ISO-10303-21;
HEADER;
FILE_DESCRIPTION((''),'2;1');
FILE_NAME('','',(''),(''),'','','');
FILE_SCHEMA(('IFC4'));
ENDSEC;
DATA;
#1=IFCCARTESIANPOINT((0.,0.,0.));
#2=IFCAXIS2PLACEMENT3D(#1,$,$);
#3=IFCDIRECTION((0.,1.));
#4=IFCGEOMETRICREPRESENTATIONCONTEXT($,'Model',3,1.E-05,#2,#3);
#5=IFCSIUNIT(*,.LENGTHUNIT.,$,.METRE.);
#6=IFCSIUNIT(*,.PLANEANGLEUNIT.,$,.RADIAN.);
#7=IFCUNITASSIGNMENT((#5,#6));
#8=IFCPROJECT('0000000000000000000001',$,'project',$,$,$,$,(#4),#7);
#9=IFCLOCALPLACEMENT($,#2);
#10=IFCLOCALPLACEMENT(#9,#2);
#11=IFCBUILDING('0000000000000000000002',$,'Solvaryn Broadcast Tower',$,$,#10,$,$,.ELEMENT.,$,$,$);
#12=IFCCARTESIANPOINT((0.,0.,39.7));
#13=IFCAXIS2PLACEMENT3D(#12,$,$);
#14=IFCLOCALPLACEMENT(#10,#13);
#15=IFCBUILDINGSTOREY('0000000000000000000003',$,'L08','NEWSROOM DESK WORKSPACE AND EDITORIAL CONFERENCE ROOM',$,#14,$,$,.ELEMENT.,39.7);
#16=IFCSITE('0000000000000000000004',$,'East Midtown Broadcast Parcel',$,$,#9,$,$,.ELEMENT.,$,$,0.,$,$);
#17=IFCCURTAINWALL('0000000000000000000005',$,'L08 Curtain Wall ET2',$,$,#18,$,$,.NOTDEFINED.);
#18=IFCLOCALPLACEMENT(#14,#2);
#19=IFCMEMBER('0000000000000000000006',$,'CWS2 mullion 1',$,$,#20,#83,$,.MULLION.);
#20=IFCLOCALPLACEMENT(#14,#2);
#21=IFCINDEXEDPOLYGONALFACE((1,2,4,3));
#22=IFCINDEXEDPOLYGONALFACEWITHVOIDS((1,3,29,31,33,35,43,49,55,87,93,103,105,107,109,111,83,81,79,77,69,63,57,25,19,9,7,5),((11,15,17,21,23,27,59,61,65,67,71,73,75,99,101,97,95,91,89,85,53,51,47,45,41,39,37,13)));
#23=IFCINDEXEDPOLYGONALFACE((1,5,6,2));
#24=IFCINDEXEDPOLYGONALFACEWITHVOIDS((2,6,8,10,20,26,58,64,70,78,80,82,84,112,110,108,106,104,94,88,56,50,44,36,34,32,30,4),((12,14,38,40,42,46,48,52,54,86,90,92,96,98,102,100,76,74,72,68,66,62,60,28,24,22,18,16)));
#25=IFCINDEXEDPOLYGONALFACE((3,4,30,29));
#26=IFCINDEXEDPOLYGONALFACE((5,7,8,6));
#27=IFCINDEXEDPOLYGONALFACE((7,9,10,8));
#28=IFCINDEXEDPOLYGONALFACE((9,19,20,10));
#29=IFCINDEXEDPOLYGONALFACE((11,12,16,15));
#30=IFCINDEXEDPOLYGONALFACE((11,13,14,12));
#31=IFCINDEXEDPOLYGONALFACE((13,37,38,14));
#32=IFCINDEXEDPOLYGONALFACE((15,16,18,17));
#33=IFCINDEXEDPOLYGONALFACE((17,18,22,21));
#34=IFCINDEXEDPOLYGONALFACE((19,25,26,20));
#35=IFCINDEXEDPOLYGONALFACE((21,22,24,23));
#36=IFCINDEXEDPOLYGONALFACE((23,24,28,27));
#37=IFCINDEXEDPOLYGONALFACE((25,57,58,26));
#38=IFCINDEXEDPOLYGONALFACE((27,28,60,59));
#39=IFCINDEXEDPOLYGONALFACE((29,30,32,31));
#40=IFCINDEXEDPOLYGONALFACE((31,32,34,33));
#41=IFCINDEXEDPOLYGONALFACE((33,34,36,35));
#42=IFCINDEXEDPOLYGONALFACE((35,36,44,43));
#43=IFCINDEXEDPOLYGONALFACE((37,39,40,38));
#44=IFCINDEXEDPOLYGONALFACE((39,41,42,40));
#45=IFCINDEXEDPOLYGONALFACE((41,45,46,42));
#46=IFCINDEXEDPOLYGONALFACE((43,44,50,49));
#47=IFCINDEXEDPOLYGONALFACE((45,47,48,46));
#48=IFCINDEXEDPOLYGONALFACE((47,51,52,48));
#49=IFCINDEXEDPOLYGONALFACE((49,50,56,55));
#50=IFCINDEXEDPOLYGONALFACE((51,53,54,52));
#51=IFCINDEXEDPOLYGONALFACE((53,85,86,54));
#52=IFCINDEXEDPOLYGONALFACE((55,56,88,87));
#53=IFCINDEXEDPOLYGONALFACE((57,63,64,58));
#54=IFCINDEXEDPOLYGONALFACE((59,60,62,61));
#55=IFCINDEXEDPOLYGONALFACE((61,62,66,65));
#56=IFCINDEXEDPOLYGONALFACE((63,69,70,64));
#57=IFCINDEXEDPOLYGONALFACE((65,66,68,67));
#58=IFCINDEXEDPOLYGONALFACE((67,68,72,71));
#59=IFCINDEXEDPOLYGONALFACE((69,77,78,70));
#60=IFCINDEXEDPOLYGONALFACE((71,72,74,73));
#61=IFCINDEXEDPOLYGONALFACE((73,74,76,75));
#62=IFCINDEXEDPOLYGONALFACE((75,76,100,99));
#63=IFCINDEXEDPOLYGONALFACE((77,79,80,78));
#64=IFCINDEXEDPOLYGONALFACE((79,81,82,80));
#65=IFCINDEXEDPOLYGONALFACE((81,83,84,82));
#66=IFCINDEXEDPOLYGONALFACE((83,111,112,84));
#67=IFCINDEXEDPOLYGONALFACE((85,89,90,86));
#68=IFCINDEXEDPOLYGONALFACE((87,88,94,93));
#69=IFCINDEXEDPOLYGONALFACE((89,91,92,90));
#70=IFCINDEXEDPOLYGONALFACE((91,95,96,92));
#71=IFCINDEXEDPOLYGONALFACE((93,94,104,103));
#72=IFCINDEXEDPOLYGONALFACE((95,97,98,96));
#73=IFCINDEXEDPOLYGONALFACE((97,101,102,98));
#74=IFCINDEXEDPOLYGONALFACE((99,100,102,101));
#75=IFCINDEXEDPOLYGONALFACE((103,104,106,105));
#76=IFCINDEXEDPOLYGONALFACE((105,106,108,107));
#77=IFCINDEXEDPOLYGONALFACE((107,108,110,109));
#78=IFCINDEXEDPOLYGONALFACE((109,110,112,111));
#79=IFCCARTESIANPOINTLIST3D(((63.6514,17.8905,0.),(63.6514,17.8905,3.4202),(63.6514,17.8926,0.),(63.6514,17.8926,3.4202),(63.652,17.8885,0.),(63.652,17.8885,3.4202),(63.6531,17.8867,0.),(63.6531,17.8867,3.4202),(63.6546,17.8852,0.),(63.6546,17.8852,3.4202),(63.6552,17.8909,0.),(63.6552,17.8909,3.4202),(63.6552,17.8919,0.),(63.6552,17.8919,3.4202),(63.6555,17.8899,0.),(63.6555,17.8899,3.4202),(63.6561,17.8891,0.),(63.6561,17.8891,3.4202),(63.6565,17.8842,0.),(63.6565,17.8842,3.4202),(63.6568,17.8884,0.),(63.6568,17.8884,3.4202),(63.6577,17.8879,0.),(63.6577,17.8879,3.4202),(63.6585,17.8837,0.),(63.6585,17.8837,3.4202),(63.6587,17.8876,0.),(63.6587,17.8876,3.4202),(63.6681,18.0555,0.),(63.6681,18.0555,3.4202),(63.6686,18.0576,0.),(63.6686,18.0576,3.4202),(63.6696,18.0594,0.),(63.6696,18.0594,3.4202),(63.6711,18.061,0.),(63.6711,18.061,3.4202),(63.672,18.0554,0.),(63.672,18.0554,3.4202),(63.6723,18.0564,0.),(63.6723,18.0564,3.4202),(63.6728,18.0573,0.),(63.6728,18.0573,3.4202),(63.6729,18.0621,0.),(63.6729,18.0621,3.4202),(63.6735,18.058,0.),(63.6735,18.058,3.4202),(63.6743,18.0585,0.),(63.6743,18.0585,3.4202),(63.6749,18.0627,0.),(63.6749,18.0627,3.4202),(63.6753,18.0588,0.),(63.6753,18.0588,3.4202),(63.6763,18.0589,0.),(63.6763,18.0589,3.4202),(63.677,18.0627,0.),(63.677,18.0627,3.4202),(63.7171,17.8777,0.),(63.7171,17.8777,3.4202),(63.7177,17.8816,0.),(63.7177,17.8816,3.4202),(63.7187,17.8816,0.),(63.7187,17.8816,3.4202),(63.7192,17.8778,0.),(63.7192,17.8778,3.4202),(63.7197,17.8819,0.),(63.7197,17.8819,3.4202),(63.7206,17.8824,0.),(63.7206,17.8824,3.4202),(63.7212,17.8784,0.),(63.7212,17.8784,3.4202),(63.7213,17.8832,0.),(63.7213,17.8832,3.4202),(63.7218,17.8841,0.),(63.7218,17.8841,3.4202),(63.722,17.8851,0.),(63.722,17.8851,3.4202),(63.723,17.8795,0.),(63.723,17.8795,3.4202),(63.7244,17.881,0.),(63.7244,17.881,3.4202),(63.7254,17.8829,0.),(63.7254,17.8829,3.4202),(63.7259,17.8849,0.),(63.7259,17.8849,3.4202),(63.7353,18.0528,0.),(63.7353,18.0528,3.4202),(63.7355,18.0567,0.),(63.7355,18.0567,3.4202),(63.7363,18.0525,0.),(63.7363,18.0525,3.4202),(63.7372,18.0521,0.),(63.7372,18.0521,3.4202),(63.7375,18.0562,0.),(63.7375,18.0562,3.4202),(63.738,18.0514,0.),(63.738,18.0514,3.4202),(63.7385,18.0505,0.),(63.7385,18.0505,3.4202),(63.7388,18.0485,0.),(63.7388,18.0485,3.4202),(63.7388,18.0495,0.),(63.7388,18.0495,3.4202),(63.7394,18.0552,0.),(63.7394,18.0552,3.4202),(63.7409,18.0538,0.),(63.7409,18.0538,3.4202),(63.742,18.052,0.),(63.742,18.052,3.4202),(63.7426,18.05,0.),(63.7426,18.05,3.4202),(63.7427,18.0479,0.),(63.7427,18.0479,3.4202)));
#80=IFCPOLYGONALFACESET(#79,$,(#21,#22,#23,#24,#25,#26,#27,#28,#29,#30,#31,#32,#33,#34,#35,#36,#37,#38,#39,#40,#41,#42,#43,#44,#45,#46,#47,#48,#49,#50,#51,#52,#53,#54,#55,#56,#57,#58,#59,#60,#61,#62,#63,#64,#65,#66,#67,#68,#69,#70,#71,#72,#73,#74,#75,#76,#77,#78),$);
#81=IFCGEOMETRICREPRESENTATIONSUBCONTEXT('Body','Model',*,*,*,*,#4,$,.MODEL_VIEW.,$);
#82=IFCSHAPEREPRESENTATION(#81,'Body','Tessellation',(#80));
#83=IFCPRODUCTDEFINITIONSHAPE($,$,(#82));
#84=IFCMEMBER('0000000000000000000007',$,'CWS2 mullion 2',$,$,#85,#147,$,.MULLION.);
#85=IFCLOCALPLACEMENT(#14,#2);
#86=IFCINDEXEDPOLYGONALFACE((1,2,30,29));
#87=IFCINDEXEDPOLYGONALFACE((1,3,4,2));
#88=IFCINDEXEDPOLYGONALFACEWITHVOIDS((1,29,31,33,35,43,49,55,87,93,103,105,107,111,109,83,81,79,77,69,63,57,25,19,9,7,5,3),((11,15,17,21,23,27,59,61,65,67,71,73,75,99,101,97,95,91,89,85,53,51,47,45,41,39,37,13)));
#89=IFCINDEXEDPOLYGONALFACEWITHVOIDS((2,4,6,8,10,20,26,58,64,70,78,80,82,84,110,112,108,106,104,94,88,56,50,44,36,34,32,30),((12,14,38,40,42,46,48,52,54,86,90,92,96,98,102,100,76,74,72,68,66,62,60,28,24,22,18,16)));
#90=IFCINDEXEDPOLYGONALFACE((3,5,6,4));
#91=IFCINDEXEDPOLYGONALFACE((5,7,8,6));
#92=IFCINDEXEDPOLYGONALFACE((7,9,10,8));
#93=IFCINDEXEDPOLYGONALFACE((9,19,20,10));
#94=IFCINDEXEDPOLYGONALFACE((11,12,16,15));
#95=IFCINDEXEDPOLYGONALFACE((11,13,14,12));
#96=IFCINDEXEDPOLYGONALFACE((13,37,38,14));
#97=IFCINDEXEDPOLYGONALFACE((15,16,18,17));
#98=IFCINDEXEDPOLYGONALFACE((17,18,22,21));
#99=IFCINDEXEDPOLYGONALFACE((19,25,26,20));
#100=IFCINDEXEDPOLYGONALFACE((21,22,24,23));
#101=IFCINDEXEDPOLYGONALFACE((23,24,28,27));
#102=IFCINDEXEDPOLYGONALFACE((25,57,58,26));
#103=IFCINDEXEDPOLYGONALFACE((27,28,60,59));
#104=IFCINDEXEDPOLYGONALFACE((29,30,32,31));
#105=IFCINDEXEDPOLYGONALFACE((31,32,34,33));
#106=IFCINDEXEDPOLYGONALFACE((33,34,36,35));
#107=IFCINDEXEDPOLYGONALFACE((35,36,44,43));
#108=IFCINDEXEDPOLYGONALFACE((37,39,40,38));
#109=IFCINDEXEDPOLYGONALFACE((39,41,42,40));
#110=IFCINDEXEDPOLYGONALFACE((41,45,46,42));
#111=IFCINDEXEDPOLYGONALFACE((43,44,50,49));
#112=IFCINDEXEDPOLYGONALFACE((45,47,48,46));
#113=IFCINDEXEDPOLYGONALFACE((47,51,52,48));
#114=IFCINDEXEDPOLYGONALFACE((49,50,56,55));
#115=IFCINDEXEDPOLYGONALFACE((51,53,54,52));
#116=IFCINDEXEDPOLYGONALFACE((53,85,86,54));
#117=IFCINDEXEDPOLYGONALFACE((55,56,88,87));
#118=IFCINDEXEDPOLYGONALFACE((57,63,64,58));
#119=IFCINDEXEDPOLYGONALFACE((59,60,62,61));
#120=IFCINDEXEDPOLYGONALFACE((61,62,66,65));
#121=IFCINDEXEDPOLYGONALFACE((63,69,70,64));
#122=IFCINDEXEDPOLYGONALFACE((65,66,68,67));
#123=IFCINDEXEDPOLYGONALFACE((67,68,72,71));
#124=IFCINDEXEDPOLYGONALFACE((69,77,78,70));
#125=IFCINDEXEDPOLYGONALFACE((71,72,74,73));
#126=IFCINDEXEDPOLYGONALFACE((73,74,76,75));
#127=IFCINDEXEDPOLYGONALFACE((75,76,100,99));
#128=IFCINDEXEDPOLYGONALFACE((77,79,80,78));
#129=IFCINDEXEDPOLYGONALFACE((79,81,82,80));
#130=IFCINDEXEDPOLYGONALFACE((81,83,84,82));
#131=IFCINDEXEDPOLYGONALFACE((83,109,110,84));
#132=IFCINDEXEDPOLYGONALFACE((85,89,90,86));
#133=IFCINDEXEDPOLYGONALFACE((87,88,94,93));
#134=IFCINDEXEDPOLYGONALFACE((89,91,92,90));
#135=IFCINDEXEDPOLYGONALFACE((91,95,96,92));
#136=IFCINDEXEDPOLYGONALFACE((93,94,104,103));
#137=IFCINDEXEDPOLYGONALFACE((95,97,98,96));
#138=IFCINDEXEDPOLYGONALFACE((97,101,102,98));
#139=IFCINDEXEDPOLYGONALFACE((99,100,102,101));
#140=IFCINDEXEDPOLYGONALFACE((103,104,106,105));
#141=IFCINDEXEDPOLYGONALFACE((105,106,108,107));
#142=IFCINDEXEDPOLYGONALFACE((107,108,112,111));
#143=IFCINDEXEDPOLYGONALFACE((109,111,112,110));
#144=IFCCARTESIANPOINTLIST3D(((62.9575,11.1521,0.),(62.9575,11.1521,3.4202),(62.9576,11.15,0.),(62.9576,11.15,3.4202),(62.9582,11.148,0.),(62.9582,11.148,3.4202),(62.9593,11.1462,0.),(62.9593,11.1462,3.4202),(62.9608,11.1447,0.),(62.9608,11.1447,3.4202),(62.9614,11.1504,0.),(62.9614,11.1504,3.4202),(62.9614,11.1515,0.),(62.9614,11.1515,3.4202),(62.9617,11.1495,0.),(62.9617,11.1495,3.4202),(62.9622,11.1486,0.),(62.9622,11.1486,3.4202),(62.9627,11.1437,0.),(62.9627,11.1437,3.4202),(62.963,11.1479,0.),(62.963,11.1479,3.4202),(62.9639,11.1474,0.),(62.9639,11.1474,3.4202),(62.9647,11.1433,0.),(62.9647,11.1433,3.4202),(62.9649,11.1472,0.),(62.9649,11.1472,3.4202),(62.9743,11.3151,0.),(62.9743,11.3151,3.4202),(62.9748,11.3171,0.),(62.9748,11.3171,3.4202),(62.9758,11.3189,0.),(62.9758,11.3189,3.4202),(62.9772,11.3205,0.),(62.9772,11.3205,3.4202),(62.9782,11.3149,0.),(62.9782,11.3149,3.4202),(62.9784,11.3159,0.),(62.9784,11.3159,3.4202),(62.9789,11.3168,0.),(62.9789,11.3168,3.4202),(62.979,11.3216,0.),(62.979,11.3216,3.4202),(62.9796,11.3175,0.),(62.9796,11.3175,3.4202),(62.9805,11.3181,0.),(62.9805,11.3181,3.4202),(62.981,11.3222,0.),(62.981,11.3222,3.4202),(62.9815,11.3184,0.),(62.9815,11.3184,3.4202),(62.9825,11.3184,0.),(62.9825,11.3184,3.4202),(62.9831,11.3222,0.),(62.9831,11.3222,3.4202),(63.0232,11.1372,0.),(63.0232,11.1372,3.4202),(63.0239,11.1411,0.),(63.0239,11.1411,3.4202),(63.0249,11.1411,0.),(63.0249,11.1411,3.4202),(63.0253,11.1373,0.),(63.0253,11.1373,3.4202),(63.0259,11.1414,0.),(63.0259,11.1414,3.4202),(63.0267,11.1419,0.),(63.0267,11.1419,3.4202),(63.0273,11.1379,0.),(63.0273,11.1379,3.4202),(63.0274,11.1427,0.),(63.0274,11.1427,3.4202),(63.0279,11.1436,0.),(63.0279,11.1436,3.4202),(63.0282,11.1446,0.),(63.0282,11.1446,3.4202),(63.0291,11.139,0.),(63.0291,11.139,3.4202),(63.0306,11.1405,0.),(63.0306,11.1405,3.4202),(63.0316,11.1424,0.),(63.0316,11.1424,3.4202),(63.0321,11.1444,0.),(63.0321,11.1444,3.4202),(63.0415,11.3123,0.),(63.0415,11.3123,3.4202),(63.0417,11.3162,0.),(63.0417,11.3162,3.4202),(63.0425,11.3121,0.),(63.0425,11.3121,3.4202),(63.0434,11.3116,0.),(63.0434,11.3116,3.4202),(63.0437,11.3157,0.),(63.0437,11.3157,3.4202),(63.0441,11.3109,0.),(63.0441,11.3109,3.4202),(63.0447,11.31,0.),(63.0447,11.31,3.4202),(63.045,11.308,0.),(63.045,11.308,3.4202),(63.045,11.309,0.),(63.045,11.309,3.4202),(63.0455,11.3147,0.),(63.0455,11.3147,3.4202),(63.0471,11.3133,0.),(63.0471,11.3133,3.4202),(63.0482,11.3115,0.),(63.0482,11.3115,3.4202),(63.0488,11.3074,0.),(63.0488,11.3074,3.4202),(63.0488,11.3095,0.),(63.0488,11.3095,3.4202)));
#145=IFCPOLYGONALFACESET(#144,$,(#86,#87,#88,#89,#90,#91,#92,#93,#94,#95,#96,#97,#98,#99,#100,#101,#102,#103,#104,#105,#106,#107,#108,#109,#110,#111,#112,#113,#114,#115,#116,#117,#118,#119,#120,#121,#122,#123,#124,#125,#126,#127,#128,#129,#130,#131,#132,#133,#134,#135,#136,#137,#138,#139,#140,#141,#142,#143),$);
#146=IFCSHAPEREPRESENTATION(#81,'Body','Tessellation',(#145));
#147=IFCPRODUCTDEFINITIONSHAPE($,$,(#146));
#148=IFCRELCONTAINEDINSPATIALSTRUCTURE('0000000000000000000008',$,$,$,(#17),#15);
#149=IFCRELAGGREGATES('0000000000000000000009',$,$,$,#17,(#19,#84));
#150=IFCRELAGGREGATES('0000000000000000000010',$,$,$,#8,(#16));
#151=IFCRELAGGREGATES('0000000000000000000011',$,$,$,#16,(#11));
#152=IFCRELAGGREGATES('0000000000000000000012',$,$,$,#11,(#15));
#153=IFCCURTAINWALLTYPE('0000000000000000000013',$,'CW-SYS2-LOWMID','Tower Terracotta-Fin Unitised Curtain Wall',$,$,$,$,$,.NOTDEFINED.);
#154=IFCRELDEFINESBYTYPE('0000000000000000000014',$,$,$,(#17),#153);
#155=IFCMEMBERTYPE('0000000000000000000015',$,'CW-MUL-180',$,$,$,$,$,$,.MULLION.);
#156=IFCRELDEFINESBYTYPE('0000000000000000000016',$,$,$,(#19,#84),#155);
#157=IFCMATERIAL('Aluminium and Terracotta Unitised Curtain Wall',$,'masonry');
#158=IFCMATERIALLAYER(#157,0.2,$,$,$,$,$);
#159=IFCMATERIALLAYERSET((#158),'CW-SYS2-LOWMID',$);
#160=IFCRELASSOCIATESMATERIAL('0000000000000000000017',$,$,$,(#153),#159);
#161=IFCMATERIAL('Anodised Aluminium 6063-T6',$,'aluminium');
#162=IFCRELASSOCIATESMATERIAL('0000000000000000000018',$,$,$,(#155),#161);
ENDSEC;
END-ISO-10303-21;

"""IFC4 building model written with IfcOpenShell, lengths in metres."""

from ifc_helpers import new_model, si_unit, direction, frame, origin, origin_2d, place, context, subcontext, project, spatial, hollow_rectangle, extrude, material, layer, layer_set, material_profile, profile_set, type_object, element, aggregate, save


model = new_model("IFC4")

# Units and contexts
model_context = context("Model", 3, precision=1e-05, world=origin(), true_north=direction((0.0, 1.0)))
body_context = subcontext(model_context, "Body", "Model", "MODEL_VIEW")
ifc_project = project(units=[si_unit("LENGTHUNIT", "METRE"), si_unit("PLANEANGLEUNIT", "RADIAN")], contexts=[model_context])

# Site, building, storey
site_placement = place(None, origin())
site = spatial("IfcSite", under=ifc_project, at=site_placement, Name="East Midtown Broadcast Parcel", CompositionType="ELEMENT", RefElevation=0.0)
building_placement = place(site_placement, origin())
building = spatial("IfcBuilding", under=site, at=building_placement, Name="Solvaryn Broadcast Tower", CompositionType="ELEMENT")
storey_placement = place(building_placement, frame((0.0, 0.0, 39.7)))
storey = spatial("IfcBuildingStorey", under=building, at=storey_placement, Name="L08", Description="NEWSROOM DESK WORKSPACE AND EDITORIAL CONFERENCE ROOM", CompositionType="ELEMENT", Elevation=39.7)

# Shared definitions
ifc_material_1 = material(Name="Aluminium and Terracotta Unitised Curtain Wall", Category="masonry")
ifc_layer_1 = layer(ifc_material_1, 0.2)
ifc_layer_set_1 = layer_set([ifc_layer_1], Name="CW-SYS2-LOWMID")
curtain_wall_type = type_object("IfcCurtainWallType", Name="CW-SYS2-LOWMID", Description="Tower Terracotta-Fin Unitised Curtain Wall", PredefinedType="NOTDEFINED", material=ifc_layer_set_1)
ifc_material_2 = material(Name="Anodised Aluminium 6063-T6", Category="aluminium")
ifc_material_profile_1 = material_profile(ifc_material_2, hollow_rectangle(XDim=0.075, YDim=0.1799, WallThickness=0.0039, InnerFilletRadius=0.0039, OuterFilletRadius=0.0081, at=origin_2d()))
ifc_profile_set_1 = profile_set([ifc_material_profile_1], Name="Anodised Aluminium 6063-T6")
member_type_1 = type_object("IfcMemberType", Name="CW-MUL-180", PredefinedType="MULLION", material=ifc_profile_set_1)

# Curtain wall, members
curtain_wall_1_placement = place(storey_placement, origin())
curtain_wall_1 = element("IfcCurtainWall", 1, at=curtain_wall_1_placement, inside=storey, type_object=curtain_wall_type, Name="L08 Curtain Wall ET2", PredefinedType="NOTDEFINED")
member_1_placement = place(storey_placement, frame((63.697, 17.9702, 0.0), z_axis=(0.0, 0.0, 1.0), x_axis=(0.994743, -0.1024, 0.0)))
member_1 = element("IfcMember", 2, at=member_1_placement, type_object=member_type_1, Name="CWS2 mullion 1", PredefinedType="MULLION", context=body_context, shape_type="SweptSolid", body=[
    extrude(hollow_rectangle(XDim=0.075, YDim=0.1799, WallThickness=0.0039, InnerFilletRadius=0.0039, OuterFilletRadius=0.0081, at=origin_2d()), origin(), (0.0, 0.0, 1.0), 3.4202),
])
member_2_placement = place(storey_placement, frame((63.0032, 11.2297, 0.0), z_axis=(0.0, 0.0, 1.0), x_axis=(0.994743, -0.1024, 0.0)))
member_2 = element("IfcMember", 3, at=member_2_placement, type_object=member_type_1, Name="CWS2 mullion 2", PredefinedType="MULLION", context=body_context, shape_type="SweptSolid", body=[
    extrude(hollow_rectangle(XDim=0.075, YDim=0.1799, WallThickness=0.0039, InnerFilletRadius=0.0039, OuterFilletRadius=0.0081, at=origin_2d()), origin(), (0.0, 0.0, 1.0), 3.4202),
])

aggregate(curtain_wall_1, [member_1, member_2])

save(model, "model.ifc")
